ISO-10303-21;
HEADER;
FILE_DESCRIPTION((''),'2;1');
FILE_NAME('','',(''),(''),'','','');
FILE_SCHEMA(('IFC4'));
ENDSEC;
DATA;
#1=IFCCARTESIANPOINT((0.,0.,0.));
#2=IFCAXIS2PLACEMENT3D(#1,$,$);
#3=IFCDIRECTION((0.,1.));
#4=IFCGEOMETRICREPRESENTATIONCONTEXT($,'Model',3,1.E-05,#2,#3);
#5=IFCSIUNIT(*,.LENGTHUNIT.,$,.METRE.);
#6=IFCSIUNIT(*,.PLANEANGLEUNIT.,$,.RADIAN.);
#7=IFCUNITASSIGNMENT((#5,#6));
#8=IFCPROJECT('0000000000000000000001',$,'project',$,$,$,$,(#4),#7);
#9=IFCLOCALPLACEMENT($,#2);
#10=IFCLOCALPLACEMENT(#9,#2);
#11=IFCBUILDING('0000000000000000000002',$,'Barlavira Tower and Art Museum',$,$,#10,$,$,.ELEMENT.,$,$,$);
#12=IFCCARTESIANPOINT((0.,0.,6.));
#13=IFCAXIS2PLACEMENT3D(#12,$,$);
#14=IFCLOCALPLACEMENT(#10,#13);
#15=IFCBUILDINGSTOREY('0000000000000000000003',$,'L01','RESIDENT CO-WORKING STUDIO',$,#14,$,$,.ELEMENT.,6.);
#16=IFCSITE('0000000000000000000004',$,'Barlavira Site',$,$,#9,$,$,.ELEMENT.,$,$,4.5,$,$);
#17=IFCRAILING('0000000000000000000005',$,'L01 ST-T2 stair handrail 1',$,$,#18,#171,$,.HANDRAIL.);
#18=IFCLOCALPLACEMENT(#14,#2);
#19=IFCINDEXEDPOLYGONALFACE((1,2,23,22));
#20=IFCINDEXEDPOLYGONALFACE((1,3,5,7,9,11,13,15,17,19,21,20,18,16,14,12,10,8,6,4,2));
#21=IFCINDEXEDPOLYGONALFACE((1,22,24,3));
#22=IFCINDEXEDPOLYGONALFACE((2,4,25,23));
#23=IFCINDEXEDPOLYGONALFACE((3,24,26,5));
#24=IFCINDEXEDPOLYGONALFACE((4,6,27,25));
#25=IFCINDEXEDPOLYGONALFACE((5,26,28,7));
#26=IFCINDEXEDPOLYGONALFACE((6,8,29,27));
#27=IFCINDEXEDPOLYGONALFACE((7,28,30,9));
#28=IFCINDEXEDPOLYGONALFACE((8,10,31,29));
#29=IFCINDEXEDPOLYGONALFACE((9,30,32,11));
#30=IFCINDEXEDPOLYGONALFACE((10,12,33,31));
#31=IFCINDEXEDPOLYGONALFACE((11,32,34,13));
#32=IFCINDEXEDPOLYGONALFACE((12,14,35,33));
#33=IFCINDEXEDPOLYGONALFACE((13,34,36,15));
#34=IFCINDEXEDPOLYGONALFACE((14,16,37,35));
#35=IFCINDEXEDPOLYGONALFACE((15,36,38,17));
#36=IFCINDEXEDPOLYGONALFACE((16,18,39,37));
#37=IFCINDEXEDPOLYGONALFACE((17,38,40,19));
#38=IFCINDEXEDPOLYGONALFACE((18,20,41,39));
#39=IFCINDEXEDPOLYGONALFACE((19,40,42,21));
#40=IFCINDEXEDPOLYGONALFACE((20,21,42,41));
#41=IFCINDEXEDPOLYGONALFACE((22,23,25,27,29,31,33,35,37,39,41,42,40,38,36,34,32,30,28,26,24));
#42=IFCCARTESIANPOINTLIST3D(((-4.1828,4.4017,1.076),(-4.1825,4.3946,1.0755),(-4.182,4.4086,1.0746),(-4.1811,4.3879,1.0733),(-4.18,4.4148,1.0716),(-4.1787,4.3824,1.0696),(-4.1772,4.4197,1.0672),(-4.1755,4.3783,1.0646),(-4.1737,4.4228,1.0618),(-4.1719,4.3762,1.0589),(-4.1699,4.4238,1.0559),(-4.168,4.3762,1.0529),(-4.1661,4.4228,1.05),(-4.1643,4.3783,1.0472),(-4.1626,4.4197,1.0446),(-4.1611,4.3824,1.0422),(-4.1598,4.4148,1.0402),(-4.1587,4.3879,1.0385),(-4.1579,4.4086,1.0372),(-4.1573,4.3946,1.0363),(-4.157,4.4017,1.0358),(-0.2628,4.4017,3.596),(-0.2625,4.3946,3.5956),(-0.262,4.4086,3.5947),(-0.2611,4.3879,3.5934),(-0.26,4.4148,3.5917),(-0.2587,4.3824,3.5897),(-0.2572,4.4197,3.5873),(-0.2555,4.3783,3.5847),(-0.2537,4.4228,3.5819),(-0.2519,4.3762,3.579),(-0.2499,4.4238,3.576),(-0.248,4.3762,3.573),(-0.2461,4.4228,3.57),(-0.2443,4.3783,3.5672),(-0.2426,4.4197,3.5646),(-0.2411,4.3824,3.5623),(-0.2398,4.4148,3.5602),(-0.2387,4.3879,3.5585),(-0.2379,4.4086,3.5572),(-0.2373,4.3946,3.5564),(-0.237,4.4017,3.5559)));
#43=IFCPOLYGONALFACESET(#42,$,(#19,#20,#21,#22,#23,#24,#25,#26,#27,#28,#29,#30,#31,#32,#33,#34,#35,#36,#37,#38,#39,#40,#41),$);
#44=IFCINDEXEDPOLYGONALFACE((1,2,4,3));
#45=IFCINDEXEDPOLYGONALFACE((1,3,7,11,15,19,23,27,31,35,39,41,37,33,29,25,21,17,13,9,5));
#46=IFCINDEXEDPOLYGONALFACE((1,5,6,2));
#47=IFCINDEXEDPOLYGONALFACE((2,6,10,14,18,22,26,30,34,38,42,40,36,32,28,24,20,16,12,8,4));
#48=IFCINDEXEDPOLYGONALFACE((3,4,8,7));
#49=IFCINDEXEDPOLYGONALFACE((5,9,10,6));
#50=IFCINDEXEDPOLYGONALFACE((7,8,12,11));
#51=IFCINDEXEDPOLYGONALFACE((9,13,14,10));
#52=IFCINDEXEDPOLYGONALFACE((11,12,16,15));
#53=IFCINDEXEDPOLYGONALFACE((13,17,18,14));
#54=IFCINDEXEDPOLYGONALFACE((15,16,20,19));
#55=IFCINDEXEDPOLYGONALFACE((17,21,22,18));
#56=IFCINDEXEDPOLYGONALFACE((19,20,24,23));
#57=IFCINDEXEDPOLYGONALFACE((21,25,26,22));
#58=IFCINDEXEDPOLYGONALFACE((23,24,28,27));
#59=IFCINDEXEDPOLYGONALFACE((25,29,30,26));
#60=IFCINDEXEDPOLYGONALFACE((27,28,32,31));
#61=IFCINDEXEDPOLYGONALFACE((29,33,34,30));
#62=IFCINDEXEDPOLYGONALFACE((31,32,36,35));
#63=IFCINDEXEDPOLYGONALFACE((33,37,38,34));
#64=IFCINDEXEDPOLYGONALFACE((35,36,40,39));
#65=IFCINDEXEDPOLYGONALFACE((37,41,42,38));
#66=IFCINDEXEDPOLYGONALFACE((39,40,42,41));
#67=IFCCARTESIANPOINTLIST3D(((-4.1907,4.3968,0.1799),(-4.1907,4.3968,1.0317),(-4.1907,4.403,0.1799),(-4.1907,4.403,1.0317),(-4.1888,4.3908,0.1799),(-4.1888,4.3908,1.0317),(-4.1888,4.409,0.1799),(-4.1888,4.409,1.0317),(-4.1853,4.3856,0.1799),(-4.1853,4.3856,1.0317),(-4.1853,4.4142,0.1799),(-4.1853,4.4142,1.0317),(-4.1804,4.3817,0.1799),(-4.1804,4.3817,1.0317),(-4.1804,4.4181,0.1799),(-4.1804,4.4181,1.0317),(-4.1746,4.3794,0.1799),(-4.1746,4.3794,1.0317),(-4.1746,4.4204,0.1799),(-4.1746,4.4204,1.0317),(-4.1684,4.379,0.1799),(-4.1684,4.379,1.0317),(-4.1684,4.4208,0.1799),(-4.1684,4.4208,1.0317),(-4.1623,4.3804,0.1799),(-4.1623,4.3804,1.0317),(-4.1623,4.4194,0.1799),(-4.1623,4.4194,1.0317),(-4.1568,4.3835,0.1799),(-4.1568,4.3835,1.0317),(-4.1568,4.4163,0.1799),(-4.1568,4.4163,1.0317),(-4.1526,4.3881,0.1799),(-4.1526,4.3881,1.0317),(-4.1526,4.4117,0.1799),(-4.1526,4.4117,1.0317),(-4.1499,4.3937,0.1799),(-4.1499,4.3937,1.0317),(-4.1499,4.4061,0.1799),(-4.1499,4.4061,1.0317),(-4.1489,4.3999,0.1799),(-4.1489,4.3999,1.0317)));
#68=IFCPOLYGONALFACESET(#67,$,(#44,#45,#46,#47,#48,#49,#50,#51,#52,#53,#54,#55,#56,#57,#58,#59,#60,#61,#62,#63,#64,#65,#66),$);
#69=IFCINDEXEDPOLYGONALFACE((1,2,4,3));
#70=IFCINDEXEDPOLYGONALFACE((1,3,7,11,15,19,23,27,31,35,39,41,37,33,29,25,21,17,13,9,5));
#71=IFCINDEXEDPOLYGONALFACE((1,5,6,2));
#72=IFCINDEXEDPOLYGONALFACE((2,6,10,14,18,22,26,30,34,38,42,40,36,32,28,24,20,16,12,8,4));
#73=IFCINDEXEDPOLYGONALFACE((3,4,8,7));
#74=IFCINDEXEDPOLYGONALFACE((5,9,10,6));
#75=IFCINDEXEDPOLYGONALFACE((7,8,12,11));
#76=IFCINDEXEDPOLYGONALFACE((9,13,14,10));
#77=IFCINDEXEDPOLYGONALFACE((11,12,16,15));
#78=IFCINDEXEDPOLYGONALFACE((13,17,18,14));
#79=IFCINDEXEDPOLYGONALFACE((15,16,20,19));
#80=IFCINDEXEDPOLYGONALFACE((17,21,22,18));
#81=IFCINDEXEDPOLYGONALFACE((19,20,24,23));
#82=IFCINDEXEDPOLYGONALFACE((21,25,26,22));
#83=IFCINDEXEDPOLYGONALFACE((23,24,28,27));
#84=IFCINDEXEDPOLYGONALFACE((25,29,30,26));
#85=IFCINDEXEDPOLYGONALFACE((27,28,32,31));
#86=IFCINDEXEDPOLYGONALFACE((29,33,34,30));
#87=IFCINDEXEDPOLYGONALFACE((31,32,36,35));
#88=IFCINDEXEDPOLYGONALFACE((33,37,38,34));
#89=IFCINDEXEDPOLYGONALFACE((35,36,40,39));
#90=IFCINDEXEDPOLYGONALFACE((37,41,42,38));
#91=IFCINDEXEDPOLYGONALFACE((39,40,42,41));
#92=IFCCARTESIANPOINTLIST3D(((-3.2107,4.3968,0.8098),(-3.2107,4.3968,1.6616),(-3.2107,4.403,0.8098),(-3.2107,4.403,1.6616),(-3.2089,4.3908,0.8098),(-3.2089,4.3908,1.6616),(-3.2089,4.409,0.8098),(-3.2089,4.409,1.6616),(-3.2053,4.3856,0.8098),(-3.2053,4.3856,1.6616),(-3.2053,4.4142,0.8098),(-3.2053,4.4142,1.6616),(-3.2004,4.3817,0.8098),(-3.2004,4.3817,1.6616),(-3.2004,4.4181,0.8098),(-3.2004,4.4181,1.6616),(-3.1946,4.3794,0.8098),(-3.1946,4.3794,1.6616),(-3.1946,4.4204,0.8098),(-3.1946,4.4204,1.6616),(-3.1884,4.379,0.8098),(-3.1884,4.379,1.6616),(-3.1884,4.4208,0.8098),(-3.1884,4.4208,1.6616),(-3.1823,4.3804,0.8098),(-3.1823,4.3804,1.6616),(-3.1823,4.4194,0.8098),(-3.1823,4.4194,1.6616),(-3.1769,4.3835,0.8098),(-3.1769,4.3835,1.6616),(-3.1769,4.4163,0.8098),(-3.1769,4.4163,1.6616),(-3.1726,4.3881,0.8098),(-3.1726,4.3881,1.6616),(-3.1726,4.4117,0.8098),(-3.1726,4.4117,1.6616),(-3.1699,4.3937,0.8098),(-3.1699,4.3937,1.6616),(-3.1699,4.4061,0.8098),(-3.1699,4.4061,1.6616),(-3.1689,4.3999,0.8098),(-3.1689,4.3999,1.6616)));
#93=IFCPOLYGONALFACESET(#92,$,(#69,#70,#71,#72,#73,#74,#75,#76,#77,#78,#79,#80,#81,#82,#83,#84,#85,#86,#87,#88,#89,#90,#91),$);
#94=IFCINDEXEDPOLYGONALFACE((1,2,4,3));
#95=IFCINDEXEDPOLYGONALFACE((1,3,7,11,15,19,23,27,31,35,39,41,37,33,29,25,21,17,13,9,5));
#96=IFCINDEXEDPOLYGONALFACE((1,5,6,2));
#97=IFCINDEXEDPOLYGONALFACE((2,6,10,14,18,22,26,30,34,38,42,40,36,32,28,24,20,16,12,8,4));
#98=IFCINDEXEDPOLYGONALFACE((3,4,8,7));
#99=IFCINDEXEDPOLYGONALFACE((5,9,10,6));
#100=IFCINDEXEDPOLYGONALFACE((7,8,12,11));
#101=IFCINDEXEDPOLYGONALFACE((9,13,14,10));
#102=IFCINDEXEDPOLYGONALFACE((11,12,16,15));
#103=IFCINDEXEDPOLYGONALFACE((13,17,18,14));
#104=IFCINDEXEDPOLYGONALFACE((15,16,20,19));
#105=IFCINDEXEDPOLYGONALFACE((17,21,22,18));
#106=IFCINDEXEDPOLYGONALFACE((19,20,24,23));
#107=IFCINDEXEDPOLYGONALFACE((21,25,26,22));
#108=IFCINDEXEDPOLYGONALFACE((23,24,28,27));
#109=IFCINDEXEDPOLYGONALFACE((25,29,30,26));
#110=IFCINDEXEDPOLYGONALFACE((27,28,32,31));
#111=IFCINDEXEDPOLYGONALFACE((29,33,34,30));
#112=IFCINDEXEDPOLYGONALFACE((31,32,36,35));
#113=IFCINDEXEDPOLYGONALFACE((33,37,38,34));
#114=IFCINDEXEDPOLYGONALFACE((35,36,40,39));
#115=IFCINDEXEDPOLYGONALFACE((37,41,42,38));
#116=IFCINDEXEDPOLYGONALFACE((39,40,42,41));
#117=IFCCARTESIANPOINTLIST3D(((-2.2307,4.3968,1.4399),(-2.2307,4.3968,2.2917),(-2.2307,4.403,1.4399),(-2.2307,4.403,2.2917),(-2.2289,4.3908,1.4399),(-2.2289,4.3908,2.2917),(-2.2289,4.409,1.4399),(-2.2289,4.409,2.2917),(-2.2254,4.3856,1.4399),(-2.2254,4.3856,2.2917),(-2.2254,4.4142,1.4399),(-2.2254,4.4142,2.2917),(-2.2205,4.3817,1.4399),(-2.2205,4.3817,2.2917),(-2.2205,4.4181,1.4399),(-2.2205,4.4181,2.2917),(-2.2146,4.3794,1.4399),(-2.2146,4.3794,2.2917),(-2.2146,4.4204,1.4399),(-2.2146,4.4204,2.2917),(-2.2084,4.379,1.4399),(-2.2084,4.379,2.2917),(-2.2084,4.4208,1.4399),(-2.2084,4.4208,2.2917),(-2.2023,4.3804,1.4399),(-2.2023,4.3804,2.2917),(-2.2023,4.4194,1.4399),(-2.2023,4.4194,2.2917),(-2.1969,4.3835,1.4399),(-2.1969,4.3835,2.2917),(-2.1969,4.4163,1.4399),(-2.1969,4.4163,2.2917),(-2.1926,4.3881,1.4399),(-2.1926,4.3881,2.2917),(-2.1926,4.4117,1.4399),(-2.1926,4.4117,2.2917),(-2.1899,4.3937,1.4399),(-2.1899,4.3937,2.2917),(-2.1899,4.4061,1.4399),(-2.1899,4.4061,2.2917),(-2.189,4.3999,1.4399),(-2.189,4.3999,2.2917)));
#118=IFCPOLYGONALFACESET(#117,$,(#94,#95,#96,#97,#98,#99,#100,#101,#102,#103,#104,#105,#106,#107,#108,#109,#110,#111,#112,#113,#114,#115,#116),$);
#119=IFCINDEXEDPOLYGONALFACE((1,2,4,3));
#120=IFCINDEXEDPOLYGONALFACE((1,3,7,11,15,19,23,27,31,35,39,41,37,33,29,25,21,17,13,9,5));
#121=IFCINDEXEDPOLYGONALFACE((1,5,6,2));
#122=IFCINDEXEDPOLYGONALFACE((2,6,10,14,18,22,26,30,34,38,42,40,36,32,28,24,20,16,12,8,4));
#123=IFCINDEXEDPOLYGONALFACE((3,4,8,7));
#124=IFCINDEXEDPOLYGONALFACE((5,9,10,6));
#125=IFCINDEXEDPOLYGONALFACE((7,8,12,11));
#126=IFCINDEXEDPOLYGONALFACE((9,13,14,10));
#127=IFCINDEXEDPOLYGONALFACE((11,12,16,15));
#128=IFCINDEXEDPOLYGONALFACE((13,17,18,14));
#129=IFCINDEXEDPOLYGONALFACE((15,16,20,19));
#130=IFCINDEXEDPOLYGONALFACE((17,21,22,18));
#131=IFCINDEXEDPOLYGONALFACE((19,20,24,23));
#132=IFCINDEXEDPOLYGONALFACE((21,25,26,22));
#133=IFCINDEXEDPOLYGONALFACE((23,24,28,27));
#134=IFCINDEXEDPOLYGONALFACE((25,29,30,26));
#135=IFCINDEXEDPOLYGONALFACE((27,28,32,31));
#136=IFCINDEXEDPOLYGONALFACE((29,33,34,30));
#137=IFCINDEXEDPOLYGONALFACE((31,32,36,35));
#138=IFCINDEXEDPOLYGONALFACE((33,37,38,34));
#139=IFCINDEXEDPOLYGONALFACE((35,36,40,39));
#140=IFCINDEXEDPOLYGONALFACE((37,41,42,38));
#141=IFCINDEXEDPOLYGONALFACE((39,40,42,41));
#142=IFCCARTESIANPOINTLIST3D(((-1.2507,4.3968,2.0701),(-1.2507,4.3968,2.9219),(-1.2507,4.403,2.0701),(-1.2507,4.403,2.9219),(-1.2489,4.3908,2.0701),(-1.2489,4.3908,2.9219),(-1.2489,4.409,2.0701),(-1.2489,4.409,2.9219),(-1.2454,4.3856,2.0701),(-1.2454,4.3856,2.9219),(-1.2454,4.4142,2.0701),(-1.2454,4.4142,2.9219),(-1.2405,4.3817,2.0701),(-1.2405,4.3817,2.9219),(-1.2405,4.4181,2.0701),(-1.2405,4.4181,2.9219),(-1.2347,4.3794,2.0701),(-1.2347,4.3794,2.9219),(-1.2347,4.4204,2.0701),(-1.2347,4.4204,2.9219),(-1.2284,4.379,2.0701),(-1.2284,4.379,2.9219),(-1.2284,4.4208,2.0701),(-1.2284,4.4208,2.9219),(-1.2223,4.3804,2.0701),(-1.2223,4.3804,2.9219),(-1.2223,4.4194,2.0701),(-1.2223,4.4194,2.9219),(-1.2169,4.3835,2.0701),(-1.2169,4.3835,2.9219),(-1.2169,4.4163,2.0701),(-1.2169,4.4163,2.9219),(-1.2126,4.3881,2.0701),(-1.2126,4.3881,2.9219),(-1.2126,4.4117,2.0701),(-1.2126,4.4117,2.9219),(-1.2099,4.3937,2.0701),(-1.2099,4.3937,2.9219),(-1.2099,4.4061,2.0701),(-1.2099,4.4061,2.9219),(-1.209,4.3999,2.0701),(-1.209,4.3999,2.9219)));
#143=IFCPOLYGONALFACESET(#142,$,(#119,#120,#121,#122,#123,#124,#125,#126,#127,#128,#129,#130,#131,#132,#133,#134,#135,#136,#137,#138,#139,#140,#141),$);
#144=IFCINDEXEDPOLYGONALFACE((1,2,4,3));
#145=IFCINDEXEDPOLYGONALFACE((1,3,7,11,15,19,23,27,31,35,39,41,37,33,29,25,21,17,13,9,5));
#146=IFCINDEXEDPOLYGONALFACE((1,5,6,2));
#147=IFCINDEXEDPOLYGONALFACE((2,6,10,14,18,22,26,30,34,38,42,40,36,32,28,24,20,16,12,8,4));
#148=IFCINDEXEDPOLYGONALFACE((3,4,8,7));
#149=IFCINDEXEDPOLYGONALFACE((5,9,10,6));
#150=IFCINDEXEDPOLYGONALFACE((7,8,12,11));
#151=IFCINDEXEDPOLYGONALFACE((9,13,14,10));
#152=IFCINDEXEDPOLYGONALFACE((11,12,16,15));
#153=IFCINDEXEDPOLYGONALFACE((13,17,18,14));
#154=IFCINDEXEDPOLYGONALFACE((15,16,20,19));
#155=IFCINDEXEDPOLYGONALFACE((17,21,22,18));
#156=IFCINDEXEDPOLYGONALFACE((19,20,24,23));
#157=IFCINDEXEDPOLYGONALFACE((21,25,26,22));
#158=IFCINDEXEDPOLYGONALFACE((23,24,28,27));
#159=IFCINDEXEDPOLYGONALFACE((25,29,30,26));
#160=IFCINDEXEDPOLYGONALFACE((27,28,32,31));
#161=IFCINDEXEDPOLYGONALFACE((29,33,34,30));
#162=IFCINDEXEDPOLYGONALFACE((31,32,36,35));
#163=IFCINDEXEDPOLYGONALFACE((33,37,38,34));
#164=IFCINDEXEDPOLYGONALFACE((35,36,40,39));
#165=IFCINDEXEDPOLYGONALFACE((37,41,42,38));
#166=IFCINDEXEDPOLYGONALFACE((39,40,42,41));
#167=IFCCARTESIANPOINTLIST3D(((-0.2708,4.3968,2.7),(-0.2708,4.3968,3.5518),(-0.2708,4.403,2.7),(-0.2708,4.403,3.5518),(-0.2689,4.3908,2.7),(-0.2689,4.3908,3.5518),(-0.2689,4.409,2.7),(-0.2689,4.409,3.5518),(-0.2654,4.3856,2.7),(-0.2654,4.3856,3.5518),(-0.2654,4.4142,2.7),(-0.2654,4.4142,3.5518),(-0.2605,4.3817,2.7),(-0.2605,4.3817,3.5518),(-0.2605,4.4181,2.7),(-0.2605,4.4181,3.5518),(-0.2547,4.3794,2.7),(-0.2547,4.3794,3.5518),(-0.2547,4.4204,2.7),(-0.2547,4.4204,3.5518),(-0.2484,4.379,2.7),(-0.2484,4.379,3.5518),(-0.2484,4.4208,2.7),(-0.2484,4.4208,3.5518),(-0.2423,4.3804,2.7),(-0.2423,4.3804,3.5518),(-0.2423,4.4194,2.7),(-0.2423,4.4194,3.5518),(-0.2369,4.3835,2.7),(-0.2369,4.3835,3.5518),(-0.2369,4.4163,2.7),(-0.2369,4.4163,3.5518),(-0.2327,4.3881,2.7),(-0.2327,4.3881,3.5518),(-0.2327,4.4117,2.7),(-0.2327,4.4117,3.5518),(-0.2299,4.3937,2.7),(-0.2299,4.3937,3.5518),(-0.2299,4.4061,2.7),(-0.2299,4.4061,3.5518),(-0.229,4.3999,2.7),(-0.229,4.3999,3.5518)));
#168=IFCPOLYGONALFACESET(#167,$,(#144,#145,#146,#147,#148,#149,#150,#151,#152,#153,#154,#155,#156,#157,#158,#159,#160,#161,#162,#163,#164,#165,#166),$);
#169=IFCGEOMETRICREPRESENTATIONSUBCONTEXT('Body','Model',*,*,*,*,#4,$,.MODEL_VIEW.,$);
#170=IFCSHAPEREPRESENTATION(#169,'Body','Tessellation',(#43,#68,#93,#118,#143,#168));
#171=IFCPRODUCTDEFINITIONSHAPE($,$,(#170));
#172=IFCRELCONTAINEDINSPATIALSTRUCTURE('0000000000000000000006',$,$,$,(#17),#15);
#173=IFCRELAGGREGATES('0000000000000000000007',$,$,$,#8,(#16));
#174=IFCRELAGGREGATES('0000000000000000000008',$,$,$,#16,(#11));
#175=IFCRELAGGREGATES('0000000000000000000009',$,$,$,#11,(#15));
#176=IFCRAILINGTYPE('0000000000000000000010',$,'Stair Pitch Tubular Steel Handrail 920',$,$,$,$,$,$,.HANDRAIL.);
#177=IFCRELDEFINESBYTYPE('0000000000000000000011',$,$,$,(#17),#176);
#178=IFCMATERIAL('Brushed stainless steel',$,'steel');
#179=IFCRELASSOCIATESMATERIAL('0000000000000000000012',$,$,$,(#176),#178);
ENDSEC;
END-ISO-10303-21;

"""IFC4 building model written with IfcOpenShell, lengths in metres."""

from ifc_helpers import new_model, si_unit, direction, frame, origin, origin_2d, place, context, subcontext, project, spatial, circle, extrude, material, type_object, element, save


model = new_model("IFC4")

# Units and contexts
model_context = context("Model", 3, precision=1e-05, world=origin(), true_north=direction((0.0, 1.0)))
body_context = subcontext(model_context, "Body", "Model", "MODEL_VIEW")
ifc_project = project(units=[si_unit("LENGTHUNIT", "METRE"), si_unit("PLANEANGLEUNIT", "RADIAN")], contexts=[model_context])

# Site, building, storey
site_placement = place(None, origin())
site = spatial("IfcSite", under=ifc_project, at=site_placement, Name="Barlavira Site", CompositionType="ELEMENT", RefElevation=4.5)
building_placement = place(site_placement, origin())
building = spatial("IfcBuilding", under=site, at=building_placement, Name="Barlavira Tower and Art Museum", CompositionType="ELEMENT")
storey_placement = place(building_placement, frame((0.0, 0.0, 6.0)))
storey = spatial("IfcBuildingStorey", under=building, at=storey_placement, Name="L01", Description="RESIDENT CO-WORKING STUDIO", CompositionType="ELEMENT", Elevation=6.0)

# Shared definitions
ifc_material_1 = material(Name="Brushed stainless steel", Category="steel")

# Railing
railing_type_1 = type_object("IfcRailingType", Name="Stair Pitch Tubular Steel Handrail 920", PredefinedType="HANDRAIL", material=ifc_material_1)
railing_1_placement = place(storey_placement, frame((-4.1699, 4.3999, 0.1799)))
element("IfcRailing", 1, at=railing_1_placement, inside=storey, type_object=railing_type_1, Name="L01 ST-T2 stair handrail 1", PredefinedType="HANDRAIL", context=body_context, shape_type="SweptSolid", body=[
    extrude(circle(Radius=0.0239, at=origin_2d()), frame((0.0, 0.0, 0.876), z_axis=(0.841172, 0.0, 0.540768), x_axis=(0.0, 1.0, 0.0)), (0.0, 0.0, 1.0), 4.6602),
    extrude(circle(Radius=0.021, at=origin_2d()), origin(), (0.0, 0.0, 1.0), 0.8518),
    extrude(circle(Radius=0.021, at=origin_2d()), frame((0.98, 0.0, 0.6299)), (0.0, 0.0, 1.0), 0.8518),
    extrude(circle(Radius=0.021, at=origin_2d()), frame((1.96, 0.0, 1.26)), (0.0, 0.0, 1.0), 0.8518),
    extrude(circle(Radius=0.021, at=origin_2d()), frame((2.9399, 0.0, 1.8901)), (0.0, 0.0, 1.0), 0.8518),
    extrude(circle(Radius=0.021, at=origin_2d()), frame((3.9199, 0.0, 2.52)), (0.0, 0.0, 1.0), 0.8518),
])

save(model, "model.ifc")
